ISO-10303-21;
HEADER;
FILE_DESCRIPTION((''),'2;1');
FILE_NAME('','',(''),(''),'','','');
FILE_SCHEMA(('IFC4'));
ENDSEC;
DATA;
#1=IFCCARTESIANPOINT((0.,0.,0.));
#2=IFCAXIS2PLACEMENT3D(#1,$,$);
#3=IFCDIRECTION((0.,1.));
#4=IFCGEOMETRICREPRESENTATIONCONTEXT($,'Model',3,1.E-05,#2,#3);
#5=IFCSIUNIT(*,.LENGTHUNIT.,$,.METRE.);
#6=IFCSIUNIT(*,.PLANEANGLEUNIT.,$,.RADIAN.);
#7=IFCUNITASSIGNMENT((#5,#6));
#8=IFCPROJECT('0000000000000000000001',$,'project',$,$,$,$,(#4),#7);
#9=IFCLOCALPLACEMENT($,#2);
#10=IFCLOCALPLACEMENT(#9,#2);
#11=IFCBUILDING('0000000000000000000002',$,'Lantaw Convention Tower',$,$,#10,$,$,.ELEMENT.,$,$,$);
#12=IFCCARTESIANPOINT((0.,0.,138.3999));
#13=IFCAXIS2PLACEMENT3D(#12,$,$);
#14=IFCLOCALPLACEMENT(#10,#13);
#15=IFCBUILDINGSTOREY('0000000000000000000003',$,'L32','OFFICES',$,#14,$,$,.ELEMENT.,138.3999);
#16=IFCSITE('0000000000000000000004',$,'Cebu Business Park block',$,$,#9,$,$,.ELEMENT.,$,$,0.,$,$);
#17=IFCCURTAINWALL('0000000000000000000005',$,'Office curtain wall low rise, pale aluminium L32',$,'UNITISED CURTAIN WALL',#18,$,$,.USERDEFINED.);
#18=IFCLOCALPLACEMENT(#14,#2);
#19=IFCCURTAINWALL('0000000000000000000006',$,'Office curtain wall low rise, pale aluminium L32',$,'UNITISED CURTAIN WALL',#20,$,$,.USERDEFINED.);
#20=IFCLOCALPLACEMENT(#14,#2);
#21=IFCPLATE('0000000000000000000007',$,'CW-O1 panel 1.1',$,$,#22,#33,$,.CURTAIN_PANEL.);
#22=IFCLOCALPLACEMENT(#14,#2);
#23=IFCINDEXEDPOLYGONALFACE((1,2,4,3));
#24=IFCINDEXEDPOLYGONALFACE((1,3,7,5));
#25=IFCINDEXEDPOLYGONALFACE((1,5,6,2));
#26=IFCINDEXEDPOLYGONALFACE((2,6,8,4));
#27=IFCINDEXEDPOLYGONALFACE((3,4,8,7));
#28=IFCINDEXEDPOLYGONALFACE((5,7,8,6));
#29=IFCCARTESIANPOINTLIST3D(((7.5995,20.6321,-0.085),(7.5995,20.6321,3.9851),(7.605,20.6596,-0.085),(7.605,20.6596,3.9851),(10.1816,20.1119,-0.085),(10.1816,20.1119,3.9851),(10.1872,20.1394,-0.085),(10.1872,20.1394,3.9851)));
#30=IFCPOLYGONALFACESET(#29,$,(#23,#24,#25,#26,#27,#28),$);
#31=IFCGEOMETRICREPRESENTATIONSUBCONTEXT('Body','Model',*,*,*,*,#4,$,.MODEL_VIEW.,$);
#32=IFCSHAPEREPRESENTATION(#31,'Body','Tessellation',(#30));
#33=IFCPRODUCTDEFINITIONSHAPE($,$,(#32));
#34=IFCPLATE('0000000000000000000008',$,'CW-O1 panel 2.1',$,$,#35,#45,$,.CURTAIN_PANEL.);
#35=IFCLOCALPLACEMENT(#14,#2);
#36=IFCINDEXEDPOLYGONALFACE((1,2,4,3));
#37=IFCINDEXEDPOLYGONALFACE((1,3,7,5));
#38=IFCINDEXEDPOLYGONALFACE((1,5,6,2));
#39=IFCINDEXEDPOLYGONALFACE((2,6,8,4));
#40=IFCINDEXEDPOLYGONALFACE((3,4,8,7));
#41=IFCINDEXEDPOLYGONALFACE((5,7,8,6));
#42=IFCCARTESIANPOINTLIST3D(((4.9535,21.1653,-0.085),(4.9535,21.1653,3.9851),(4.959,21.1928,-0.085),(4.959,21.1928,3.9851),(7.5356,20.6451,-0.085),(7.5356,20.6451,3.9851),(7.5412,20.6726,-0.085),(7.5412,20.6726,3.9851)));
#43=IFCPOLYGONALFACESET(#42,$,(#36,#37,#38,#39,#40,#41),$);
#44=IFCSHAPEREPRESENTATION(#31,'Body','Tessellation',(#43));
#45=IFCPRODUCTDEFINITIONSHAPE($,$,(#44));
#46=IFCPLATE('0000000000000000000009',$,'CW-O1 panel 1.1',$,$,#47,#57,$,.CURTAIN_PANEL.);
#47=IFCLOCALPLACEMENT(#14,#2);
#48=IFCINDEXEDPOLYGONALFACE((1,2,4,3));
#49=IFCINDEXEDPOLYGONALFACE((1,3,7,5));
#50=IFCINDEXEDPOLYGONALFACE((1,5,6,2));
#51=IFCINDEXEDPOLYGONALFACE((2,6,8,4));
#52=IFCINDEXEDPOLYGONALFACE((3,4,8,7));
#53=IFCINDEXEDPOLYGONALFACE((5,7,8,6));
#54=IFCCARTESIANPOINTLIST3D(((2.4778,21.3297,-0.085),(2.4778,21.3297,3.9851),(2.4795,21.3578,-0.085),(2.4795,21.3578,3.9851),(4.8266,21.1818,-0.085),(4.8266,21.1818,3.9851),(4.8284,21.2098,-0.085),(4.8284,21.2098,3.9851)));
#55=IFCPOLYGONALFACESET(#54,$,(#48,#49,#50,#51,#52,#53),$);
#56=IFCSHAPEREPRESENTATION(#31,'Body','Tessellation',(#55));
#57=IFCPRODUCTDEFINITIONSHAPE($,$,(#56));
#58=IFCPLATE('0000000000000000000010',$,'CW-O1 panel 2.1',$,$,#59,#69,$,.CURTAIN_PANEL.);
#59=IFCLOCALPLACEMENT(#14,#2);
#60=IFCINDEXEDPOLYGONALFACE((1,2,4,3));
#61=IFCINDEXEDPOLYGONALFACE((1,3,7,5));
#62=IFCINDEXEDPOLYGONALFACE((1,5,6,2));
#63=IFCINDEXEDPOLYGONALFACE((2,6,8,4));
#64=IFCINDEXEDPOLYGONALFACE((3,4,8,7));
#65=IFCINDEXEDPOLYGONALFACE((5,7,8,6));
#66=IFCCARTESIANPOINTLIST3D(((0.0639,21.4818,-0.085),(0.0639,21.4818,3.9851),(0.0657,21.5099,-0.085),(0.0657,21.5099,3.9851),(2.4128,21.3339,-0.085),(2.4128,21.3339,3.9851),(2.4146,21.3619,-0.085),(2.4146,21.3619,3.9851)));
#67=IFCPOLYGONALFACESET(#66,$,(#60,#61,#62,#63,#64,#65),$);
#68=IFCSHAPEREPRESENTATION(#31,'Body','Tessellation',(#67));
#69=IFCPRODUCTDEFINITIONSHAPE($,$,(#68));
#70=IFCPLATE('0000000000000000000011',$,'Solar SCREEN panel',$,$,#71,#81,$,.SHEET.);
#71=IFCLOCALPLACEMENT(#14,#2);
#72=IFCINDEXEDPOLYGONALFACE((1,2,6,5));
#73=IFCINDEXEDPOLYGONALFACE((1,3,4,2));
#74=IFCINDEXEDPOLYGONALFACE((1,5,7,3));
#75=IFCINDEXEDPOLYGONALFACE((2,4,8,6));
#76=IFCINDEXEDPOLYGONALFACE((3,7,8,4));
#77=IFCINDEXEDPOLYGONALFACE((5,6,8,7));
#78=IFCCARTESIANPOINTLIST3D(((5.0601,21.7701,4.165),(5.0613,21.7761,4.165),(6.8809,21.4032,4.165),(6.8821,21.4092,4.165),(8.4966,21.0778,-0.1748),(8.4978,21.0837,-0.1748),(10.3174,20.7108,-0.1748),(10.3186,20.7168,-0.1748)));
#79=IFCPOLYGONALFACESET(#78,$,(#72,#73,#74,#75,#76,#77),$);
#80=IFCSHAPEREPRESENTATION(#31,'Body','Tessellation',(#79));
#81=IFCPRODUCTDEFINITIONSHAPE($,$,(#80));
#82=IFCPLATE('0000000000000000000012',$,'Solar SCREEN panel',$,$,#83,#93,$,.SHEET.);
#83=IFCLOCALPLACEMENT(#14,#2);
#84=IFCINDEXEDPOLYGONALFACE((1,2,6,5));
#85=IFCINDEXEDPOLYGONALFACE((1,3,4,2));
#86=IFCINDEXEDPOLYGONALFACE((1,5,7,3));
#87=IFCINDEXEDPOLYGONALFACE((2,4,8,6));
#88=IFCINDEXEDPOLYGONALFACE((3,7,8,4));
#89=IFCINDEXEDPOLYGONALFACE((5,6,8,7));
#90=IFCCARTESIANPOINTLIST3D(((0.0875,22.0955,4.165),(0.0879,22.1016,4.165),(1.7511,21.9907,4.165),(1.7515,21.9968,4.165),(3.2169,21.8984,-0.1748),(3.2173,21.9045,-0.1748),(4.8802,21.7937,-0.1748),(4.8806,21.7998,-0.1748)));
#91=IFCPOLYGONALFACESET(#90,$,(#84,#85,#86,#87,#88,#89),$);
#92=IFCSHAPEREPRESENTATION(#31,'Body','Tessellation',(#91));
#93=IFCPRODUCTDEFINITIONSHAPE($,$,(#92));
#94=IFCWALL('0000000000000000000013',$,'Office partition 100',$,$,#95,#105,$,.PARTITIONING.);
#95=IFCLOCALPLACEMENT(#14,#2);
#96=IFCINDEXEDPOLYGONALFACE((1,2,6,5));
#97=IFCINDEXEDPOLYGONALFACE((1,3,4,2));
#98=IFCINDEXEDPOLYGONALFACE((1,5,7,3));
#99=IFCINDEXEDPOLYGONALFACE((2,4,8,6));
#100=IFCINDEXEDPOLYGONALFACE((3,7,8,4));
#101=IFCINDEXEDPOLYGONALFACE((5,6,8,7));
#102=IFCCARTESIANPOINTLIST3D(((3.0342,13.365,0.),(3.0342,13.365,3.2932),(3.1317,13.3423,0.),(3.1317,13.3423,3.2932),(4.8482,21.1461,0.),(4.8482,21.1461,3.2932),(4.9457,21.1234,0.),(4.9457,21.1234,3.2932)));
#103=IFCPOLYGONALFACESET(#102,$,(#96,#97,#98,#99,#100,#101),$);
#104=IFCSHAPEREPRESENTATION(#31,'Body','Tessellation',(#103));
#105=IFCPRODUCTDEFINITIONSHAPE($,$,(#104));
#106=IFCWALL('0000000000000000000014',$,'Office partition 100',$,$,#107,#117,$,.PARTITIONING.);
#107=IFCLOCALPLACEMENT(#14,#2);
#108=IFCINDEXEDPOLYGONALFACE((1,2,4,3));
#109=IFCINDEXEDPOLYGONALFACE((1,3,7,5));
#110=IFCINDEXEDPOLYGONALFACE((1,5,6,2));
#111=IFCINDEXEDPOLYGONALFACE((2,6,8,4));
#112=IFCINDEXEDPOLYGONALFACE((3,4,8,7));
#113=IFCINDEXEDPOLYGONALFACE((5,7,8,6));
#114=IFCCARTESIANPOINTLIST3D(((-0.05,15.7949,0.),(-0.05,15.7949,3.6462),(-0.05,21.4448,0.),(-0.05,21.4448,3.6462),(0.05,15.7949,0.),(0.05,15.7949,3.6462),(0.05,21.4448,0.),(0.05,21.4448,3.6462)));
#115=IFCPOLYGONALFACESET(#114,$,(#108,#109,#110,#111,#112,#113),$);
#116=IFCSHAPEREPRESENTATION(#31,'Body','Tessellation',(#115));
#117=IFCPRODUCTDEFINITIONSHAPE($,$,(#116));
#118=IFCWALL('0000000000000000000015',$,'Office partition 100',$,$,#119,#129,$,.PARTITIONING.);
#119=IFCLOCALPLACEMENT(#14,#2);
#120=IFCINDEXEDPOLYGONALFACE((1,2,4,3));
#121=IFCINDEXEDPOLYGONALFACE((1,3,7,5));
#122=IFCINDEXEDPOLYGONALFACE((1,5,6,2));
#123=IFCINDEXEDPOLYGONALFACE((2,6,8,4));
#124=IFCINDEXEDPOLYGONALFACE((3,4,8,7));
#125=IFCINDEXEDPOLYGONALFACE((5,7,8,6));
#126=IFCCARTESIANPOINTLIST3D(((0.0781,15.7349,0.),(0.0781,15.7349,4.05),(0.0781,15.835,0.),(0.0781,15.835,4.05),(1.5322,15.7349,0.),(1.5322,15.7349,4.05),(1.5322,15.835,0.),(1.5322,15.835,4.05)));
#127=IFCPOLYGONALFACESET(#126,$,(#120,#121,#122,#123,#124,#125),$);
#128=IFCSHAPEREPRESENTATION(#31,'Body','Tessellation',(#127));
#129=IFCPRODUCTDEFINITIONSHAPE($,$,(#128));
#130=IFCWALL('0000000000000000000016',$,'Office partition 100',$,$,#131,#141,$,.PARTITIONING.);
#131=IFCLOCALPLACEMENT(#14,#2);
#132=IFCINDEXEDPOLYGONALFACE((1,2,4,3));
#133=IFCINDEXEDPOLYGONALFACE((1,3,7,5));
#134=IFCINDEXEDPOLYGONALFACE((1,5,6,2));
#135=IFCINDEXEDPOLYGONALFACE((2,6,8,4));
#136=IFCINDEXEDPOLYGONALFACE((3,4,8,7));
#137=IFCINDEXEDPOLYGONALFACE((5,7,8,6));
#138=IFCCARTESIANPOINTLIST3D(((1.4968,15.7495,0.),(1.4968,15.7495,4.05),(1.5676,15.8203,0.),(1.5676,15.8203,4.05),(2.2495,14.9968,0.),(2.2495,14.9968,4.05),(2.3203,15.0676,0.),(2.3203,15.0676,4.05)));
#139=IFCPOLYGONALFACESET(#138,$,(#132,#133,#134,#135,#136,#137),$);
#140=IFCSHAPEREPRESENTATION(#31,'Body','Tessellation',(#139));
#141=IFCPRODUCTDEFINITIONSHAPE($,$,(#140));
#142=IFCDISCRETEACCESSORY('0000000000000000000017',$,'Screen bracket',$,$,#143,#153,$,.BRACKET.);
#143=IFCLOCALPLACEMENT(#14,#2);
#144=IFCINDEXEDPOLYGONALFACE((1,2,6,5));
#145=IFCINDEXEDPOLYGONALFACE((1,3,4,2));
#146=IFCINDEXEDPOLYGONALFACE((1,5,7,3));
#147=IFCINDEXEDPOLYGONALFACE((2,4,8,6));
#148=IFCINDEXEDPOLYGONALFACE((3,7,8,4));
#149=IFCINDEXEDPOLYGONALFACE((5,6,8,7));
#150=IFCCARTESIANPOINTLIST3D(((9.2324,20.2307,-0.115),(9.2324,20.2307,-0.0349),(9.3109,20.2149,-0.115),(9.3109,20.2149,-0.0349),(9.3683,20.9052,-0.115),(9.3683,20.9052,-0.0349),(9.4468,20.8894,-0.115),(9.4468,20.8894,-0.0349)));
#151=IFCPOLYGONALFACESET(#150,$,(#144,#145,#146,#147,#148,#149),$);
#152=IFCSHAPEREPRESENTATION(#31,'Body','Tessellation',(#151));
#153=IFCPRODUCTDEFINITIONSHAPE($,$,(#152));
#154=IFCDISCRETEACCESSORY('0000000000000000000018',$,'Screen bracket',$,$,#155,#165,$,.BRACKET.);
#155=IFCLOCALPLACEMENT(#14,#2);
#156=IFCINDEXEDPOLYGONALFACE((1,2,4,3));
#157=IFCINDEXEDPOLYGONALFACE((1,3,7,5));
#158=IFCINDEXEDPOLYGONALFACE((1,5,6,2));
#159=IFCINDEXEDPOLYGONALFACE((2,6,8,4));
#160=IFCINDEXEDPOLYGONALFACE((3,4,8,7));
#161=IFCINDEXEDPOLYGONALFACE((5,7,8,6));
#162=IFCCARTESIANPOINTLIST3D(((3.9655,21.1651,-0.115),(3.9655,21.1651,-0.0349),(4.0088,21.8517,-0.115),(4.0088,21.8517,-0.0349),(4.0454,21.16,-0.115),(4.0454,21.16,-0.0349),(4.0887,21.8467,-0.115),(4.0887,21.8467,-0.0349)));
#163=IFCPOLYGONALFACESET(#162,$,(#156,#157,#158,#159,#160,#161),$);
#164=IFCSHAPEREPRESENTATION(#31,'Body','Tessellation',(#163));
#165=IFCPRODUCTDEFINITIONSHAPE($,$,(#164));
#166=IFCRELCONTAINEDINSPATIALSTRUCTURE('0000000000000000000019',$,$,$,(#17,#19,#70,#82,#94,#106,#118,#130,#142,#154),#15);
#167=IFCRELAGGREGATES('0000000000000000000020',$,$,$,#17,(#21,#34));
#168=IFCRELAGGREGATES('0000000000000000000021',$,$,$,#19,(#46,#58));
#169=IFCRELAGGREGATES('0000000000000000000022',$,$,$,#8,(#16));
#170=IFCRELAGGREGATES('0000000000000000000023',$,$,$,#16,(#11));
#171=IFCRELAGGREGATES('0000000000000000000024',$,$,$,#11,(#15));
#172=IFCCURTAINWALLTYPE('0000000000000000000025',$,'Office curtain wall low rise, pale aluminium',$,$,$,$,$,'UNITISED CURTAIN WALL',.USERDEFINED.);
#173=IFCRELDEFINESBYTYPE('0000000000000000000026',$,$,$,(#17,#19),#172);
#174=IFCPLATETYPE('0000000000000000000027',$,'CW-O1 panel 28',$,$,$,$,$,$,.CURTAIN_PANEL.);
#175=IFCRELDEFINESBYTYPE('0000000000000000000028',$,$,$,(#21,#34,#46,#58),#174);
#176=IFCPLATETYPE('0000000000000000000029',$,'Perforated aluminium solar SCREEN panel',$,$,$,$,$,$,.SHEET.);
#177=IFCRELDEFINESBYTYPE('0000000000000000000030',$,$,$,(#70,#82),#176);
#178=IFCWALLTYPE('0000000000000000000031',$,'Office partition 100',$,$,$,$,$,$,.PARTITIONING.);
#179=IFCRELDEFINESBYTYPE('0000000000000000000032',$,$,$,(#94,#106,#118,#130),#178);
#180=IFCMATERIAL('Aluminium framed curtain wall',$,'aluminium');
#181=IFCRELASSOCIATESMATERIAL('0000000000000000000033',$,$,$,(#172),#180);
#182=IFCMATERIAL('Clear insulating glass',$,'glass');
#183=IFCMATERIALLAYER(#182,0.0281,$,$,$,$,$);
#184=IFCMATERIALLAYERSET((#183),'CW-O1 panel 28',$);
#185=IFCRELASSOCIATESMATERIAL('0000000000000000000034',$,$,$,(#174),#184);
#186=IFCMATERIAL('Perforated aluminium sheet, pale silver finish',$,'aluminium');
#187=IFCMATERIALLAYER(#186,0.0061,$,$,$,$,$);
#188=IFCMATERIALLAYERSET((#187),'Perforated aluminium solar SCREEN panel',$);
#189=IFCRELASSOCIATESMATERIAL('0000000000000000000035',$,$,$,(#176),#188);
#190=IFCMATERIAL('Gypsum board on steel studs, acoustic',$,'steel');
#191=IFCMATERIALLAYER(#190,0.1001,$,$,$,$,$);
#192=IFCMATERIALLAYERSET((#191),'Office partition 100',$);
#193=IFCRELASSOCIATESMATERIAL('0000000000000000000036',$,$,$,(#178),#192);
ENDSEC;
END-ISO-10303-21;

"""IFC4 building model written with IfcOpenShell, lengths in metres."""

from ifc_helpers import new_model, si_unit, direction, frame, frame_2d, origin, origin_2d, place, context, subcontext, project, spatial, polyline, rectangle, outline, extrude, material, layer, layer_set, type_object, element, aggregate, save


model = new_model("IFC4")

# Units and contexts
model_context = context("Model", 3, precision=1e-05, world=origin(), true_north=direction((0.0, 1.0)))
body_context = subcontext(model_context, "Body", "Model", "MODEL_VIEW")
ifc_project = project(units=[si_unit("LENGTHUNIT", "METRE"), si_unit("PLANEANGLEUNIT", "RADIAN")], contexts=[model_context])

# Site, building, storey
site_placement = place(None, origin())
site = spatial("IfcSite", under=ifc_project, at=site_placement, Name="Cebu Business Park block", CompositionType="ELEMENT", RefElevation=0.0)
building_placement = place(site_placement, origin())
building = spatial("IfcBuilding", under=site, at=building_placement, Name="Lantaw Convention Tower", CompositionType="ELEMENT")
storey_placement = place(building_placement, frame((0.0, 0.0, 138.3999)))
storey = spatial("IfcBuildingStorey", under=building, at=storey_placement, Name="L32", Description="OFFICES", CompositionType="ELEMENT", Elevation=138.3999)

# Shared definitions
ifc_material_1 = material(Name="Aluminium framed curtain wall", Category="aluminium")
curtain_wall_type = type_object("IfcCurtainWallType", Name="Office curtain wall low rise, pale aluminium", ElementType="UNITISED CURTAIN WALL", PredefinedType="USERDEFINED", material=ifc_material_1)

# Curtain walls
curtain_wall_1_placement = place(storey_placement, origin())
curtain_wall_1 = element("IfcCurtainWall", 1, at=curtain_wall_1_placement, inside=storey, type_object=curtain_wall_type, Name="Office curtain wall low rise, pale aluminium L32", ObjectType="UNITISED CURTAIN WALL", PredefinedType="USERDEFINED")
curtain_wall_2_placement = place(storey_placement, origin())
curtain_wall_2 = element("IfcCurtainWall", 2, at=curtain_wall_2_placement, inside=storey, type_object=curtain_wall_type, Name="Office curtain wall low rise, pale aluminium L32", ObjectType="UNITISED CURTAIN WALL", PredefinedType="USERDEFINED")

# Plates
ifc_material_2 = material(Name="Clear insulating glass", Category="glass")
ifc_layer_1 = layer(ifc_material_2, 0.0281)
ifc_layer_set_1 = layer_set([ifc_layer_1], Name="CW-O1 panel 28")
plate_type_1 = type_object("IfcPlateType", Name="CW-O1 panel 28", PredefinedType="CURTAIN_PANEL", material=ifc_layer_set_1)
plate_1_placement = place(storey_placement, frame((8.8933, 20.3857, -0.085), z_axis=(0.0, 0.0, 1.0), x_axis=(-0.980302, 0.197507, 0.0)))
plate_1 = element("IfcPlate", 3, at=plate_1_placement, type_object=plate_type_1, Name="CW-O1 panel 1.1", PredefinedType="CURTAIN_PANEL", context=body_context, shape_type="SweptSolid", body=[
    extrude(rectangle(XDim=2.634, YDim=0.0281, at=origin_2d()), origin(), (0.0, 0.0, 1.0), 4.0701),
])
plate_2_placement = place(storey_placement, frame((6.2473, 20.9189, -0.085), z_axis=(0.0, 0.0, 1.0), x_axis=(-0.980302, 0.197507, 0.0)))
plate_2 = element("IfcPlate", 4, at=plate_2_placement, type_object=plate_type_1, Name="CW-O1 panel 2.1", PredefinedType="CURTAIN_PANEL", context=body_context, shape_type="SweptSolid", body=[
    extrude(rectangle(XDim=2.634, YDim=0.0281, at=origin_2d()), origin(), (0.0, 0.0, 1.0), 4.0701),
])
aggregate(curtain_wall_1, [plate_1, plate_2])
plate_3_placement = place(storey_placement, frame((3.6531, 21.2698, -0.085), z_axis=(0.0, 0.0, 1.0), x_axis=(-0.998022, 0.062865, 0.0)))
plate_3 = element("IfcPlate", 5, at=plate_3_placement, type_object=plate_type_1, Name="CW-O1 panel 1.1", PredefinedType="CURTAIN_PANEL", context=body_context, shape_type="SweptSolid", body=[
    extrude(rectangle(XDim=2.3535, YDim=0.0281, at=origin_2d()), origin(), (0.0, 0.0, 1.0), 4.0701),
])
plate_4_placement = place(storey_placement, frame((1.2393, 21.4219, -0.085), z_axis=(0.0, 0.0, 1.0), x_axis=(-0.998022, 0.062865, 0.0)))
plate_4 = element("IfcPlate", 6, at=plate_4_placement, type_object=plate_type_1, Name="CW-O1 panel 2.1", PredefinedType="CURTAIN_PANEL", context=body_context, shape_type="SweptSolid", body=[
    extrude(rectangle(XDim=2.3535, YDim=0.0281, at=origin_2d()), origin(), (0.0, 0.0, 1.0), 4.0701),
])
aggregate(curtain_wall_2, [plate_3, plate_4])

# Plates
ifc_material_3 = material(Name="Perforated aluminium sheet, pale silver finish", Category="aluminium")
ifc_layer_2 = layer(ifc_material_3, 0.0061)
ifc_layer_set_2 = layer_set([ifc_layer_2], Name="Perforated aluminium solar SCREEN panel")
plate_type_2 = type_object("IfcPlateType", Name="Perforated aluminium solar SCREEN panel", PredefinedType="SHEET", material=ifc_layer_set_2)
plate_5_placement = place(storey_placement, frame((10.3186, 20.7168, -0.1748), z_axis=(0.197557, 0.980291, 0.000039), x_axis=(-0.980291, 0.197557, 0.0)))
element("IfcPlate", 7, at=plate_5_placement, inside=storey, type_object=plate_type_2, Name="Solar SCREEN panel", PredefinedType="SHEET", context=body_context, shape_type="SweptSolid", body=[
    extrude(outline(polyline([(0.0, 0.0), (1.8574, 0.0), (5.363, 4.3398), (3.5056, 4.3398), (0.0, 0.0)])), origin(), (0.0, 0.0, -1.0), 0.0061),
])
plate_6_placement = place(storey_placement, frame((4.8806, 21.7998, -0.1748), z_axis=(0.062839, 0.998024, 0.000002), x_axis=(-0.998024, 0.062839, 0.0)))
element("IfcPlate", 8, at=plate_6_placement, inside=storey, type_object=plate_type_2, Name="Solar SCREEN panel", PredefinedType="SHEET", context=body_context, shape_type="SweptSolid", body=[
    extrude(outline(polyline([(0.0, 0.0), (1.6666, 0.0), (4.8022, 4.3398), (3.1353, 4.3398), (0.0, 0.0)])), origin(), (0.0, 0.0, -1.0), 0.0061),
])

# Walls
ifc_material_4 = material(Name="Gypsum board on steel studs, acoustic", Category="steel")
ifc_layer_3 = layer(ifc_material_4, 0.1001)
ifc_layer_set_3 = layer_set([ifc_layer_3], Name="Office partition 100")
wall_type = type_object("IfcWallType", Name="Office partition 100", PredefinedType="PARTITIONING", material=ifc_layer_set_3)
wall_1_placement = place(storey_placement, frame((4.897, 21.1348, 0.0), z_axis=(0.0, 0.0, 1.0), x_axis=(-0.227039, -0.973886, 0.0)))
element("IfcWall", 9, at=wall_1_placement, inside=storey, type_object=wall_type, Name="Office partition 100", PredefinedType="PARTITIONING", context=body_context, shape_type="SweptSolid", body=[
    extrude(rectangle(XDim=7.9897, YDim=0.1001, at=frame_2d((3.9949, 0.0))), origin(), (0.0, 0.0, 1.0), 3.2932),
])
wall_2_placement = place(storey_placement, frame((0.0, 21.4448, 0.0), z_axis=(0.0, 0.0, 1.0), x_axis=(0.0, -1.0, 0.0)))
element("IfcWall", 10, at=wall_2_placement, inside=storey, type_object=wall_type, Name="Office partition 100", PredefinedType="PARTITIONING", context=body_context, shape_type="SweptSolid", body=[
    extrude(rectangle(XDim=5.6499, YDim=0.1001, at=frame_2d((2.825, 0.0))), origin(), (0.0, 0.0, 1.0), 3.6462),
])
wall_3_placement = place(storey_placement, frame((0.0781, 15.7849, 0.0), z_axis=(0.0, 0.0, 1.0), x_axis=(1.0, 0.0, 0.0)))
element("IfcWall", 11, at=wall_3_placement, inside=storey, type_object=wall_type, Name="Office partition 100", PredefinedType="PARTITIONING", context=body_context, shape_type="SweptSolid", body=[
    extrude(rectangle(XDim=1.4541, YDim=0.1001, at=frame_2d((0.7271, 0.0))), origin(), (0.0, 0.0, 1.0), 4.05),
])
wall_4_placement = place(storey_placement, frame((1.5322, 15.7849, 0.0), z_axis=(0.0, 0.0, 1.0), x_axis=(0.707107, -0.707107, 0.0)))
element("IfcWall", 12, at=wall_4_placement, inside=storey, type_object=wall_type, Name="Office partition 100", PredefinedType="PARTITIONING", context=body_context, shape_type="SweptSolid", body=[
    extrude(rectangle(XDim=1.0645, YDim=0.1001, at=frame_2d((0.5322, 0.0))), origin(), (0.0, 0.0, 1.0), 4.05),
])

# Discrete accessories
for number, where, z_axis, x_axis, name in (
    (13, (9.3396, 20.5601, -0.115), (0.0, 0.0, 1.0), (-0.980302, 0.197507, 0.0), "Screen bracket"),
    (14, (4.0271, 21.5059, -0.115), (0.0, 0.0, 1.0), (-0.998022, 0.062865, 0.0), "Screen bracket"),
):
    element("IfcDiscreteAccessory", number, at=place(storey_placement, frame(where, z_axis=z_axis, x_axis=x_axis)), inside=storey, Name=name, PredefinedType="BRACKET", context=body_context, shape_type="SweptSolid", body=[
        extrude(rectangle(XDim=0.0801, YDim=0.688, at=origin_2d()), origin(), (0.0, 0.0, 1.0), 0.0801),
    ])

save(model, "model.ifc")
